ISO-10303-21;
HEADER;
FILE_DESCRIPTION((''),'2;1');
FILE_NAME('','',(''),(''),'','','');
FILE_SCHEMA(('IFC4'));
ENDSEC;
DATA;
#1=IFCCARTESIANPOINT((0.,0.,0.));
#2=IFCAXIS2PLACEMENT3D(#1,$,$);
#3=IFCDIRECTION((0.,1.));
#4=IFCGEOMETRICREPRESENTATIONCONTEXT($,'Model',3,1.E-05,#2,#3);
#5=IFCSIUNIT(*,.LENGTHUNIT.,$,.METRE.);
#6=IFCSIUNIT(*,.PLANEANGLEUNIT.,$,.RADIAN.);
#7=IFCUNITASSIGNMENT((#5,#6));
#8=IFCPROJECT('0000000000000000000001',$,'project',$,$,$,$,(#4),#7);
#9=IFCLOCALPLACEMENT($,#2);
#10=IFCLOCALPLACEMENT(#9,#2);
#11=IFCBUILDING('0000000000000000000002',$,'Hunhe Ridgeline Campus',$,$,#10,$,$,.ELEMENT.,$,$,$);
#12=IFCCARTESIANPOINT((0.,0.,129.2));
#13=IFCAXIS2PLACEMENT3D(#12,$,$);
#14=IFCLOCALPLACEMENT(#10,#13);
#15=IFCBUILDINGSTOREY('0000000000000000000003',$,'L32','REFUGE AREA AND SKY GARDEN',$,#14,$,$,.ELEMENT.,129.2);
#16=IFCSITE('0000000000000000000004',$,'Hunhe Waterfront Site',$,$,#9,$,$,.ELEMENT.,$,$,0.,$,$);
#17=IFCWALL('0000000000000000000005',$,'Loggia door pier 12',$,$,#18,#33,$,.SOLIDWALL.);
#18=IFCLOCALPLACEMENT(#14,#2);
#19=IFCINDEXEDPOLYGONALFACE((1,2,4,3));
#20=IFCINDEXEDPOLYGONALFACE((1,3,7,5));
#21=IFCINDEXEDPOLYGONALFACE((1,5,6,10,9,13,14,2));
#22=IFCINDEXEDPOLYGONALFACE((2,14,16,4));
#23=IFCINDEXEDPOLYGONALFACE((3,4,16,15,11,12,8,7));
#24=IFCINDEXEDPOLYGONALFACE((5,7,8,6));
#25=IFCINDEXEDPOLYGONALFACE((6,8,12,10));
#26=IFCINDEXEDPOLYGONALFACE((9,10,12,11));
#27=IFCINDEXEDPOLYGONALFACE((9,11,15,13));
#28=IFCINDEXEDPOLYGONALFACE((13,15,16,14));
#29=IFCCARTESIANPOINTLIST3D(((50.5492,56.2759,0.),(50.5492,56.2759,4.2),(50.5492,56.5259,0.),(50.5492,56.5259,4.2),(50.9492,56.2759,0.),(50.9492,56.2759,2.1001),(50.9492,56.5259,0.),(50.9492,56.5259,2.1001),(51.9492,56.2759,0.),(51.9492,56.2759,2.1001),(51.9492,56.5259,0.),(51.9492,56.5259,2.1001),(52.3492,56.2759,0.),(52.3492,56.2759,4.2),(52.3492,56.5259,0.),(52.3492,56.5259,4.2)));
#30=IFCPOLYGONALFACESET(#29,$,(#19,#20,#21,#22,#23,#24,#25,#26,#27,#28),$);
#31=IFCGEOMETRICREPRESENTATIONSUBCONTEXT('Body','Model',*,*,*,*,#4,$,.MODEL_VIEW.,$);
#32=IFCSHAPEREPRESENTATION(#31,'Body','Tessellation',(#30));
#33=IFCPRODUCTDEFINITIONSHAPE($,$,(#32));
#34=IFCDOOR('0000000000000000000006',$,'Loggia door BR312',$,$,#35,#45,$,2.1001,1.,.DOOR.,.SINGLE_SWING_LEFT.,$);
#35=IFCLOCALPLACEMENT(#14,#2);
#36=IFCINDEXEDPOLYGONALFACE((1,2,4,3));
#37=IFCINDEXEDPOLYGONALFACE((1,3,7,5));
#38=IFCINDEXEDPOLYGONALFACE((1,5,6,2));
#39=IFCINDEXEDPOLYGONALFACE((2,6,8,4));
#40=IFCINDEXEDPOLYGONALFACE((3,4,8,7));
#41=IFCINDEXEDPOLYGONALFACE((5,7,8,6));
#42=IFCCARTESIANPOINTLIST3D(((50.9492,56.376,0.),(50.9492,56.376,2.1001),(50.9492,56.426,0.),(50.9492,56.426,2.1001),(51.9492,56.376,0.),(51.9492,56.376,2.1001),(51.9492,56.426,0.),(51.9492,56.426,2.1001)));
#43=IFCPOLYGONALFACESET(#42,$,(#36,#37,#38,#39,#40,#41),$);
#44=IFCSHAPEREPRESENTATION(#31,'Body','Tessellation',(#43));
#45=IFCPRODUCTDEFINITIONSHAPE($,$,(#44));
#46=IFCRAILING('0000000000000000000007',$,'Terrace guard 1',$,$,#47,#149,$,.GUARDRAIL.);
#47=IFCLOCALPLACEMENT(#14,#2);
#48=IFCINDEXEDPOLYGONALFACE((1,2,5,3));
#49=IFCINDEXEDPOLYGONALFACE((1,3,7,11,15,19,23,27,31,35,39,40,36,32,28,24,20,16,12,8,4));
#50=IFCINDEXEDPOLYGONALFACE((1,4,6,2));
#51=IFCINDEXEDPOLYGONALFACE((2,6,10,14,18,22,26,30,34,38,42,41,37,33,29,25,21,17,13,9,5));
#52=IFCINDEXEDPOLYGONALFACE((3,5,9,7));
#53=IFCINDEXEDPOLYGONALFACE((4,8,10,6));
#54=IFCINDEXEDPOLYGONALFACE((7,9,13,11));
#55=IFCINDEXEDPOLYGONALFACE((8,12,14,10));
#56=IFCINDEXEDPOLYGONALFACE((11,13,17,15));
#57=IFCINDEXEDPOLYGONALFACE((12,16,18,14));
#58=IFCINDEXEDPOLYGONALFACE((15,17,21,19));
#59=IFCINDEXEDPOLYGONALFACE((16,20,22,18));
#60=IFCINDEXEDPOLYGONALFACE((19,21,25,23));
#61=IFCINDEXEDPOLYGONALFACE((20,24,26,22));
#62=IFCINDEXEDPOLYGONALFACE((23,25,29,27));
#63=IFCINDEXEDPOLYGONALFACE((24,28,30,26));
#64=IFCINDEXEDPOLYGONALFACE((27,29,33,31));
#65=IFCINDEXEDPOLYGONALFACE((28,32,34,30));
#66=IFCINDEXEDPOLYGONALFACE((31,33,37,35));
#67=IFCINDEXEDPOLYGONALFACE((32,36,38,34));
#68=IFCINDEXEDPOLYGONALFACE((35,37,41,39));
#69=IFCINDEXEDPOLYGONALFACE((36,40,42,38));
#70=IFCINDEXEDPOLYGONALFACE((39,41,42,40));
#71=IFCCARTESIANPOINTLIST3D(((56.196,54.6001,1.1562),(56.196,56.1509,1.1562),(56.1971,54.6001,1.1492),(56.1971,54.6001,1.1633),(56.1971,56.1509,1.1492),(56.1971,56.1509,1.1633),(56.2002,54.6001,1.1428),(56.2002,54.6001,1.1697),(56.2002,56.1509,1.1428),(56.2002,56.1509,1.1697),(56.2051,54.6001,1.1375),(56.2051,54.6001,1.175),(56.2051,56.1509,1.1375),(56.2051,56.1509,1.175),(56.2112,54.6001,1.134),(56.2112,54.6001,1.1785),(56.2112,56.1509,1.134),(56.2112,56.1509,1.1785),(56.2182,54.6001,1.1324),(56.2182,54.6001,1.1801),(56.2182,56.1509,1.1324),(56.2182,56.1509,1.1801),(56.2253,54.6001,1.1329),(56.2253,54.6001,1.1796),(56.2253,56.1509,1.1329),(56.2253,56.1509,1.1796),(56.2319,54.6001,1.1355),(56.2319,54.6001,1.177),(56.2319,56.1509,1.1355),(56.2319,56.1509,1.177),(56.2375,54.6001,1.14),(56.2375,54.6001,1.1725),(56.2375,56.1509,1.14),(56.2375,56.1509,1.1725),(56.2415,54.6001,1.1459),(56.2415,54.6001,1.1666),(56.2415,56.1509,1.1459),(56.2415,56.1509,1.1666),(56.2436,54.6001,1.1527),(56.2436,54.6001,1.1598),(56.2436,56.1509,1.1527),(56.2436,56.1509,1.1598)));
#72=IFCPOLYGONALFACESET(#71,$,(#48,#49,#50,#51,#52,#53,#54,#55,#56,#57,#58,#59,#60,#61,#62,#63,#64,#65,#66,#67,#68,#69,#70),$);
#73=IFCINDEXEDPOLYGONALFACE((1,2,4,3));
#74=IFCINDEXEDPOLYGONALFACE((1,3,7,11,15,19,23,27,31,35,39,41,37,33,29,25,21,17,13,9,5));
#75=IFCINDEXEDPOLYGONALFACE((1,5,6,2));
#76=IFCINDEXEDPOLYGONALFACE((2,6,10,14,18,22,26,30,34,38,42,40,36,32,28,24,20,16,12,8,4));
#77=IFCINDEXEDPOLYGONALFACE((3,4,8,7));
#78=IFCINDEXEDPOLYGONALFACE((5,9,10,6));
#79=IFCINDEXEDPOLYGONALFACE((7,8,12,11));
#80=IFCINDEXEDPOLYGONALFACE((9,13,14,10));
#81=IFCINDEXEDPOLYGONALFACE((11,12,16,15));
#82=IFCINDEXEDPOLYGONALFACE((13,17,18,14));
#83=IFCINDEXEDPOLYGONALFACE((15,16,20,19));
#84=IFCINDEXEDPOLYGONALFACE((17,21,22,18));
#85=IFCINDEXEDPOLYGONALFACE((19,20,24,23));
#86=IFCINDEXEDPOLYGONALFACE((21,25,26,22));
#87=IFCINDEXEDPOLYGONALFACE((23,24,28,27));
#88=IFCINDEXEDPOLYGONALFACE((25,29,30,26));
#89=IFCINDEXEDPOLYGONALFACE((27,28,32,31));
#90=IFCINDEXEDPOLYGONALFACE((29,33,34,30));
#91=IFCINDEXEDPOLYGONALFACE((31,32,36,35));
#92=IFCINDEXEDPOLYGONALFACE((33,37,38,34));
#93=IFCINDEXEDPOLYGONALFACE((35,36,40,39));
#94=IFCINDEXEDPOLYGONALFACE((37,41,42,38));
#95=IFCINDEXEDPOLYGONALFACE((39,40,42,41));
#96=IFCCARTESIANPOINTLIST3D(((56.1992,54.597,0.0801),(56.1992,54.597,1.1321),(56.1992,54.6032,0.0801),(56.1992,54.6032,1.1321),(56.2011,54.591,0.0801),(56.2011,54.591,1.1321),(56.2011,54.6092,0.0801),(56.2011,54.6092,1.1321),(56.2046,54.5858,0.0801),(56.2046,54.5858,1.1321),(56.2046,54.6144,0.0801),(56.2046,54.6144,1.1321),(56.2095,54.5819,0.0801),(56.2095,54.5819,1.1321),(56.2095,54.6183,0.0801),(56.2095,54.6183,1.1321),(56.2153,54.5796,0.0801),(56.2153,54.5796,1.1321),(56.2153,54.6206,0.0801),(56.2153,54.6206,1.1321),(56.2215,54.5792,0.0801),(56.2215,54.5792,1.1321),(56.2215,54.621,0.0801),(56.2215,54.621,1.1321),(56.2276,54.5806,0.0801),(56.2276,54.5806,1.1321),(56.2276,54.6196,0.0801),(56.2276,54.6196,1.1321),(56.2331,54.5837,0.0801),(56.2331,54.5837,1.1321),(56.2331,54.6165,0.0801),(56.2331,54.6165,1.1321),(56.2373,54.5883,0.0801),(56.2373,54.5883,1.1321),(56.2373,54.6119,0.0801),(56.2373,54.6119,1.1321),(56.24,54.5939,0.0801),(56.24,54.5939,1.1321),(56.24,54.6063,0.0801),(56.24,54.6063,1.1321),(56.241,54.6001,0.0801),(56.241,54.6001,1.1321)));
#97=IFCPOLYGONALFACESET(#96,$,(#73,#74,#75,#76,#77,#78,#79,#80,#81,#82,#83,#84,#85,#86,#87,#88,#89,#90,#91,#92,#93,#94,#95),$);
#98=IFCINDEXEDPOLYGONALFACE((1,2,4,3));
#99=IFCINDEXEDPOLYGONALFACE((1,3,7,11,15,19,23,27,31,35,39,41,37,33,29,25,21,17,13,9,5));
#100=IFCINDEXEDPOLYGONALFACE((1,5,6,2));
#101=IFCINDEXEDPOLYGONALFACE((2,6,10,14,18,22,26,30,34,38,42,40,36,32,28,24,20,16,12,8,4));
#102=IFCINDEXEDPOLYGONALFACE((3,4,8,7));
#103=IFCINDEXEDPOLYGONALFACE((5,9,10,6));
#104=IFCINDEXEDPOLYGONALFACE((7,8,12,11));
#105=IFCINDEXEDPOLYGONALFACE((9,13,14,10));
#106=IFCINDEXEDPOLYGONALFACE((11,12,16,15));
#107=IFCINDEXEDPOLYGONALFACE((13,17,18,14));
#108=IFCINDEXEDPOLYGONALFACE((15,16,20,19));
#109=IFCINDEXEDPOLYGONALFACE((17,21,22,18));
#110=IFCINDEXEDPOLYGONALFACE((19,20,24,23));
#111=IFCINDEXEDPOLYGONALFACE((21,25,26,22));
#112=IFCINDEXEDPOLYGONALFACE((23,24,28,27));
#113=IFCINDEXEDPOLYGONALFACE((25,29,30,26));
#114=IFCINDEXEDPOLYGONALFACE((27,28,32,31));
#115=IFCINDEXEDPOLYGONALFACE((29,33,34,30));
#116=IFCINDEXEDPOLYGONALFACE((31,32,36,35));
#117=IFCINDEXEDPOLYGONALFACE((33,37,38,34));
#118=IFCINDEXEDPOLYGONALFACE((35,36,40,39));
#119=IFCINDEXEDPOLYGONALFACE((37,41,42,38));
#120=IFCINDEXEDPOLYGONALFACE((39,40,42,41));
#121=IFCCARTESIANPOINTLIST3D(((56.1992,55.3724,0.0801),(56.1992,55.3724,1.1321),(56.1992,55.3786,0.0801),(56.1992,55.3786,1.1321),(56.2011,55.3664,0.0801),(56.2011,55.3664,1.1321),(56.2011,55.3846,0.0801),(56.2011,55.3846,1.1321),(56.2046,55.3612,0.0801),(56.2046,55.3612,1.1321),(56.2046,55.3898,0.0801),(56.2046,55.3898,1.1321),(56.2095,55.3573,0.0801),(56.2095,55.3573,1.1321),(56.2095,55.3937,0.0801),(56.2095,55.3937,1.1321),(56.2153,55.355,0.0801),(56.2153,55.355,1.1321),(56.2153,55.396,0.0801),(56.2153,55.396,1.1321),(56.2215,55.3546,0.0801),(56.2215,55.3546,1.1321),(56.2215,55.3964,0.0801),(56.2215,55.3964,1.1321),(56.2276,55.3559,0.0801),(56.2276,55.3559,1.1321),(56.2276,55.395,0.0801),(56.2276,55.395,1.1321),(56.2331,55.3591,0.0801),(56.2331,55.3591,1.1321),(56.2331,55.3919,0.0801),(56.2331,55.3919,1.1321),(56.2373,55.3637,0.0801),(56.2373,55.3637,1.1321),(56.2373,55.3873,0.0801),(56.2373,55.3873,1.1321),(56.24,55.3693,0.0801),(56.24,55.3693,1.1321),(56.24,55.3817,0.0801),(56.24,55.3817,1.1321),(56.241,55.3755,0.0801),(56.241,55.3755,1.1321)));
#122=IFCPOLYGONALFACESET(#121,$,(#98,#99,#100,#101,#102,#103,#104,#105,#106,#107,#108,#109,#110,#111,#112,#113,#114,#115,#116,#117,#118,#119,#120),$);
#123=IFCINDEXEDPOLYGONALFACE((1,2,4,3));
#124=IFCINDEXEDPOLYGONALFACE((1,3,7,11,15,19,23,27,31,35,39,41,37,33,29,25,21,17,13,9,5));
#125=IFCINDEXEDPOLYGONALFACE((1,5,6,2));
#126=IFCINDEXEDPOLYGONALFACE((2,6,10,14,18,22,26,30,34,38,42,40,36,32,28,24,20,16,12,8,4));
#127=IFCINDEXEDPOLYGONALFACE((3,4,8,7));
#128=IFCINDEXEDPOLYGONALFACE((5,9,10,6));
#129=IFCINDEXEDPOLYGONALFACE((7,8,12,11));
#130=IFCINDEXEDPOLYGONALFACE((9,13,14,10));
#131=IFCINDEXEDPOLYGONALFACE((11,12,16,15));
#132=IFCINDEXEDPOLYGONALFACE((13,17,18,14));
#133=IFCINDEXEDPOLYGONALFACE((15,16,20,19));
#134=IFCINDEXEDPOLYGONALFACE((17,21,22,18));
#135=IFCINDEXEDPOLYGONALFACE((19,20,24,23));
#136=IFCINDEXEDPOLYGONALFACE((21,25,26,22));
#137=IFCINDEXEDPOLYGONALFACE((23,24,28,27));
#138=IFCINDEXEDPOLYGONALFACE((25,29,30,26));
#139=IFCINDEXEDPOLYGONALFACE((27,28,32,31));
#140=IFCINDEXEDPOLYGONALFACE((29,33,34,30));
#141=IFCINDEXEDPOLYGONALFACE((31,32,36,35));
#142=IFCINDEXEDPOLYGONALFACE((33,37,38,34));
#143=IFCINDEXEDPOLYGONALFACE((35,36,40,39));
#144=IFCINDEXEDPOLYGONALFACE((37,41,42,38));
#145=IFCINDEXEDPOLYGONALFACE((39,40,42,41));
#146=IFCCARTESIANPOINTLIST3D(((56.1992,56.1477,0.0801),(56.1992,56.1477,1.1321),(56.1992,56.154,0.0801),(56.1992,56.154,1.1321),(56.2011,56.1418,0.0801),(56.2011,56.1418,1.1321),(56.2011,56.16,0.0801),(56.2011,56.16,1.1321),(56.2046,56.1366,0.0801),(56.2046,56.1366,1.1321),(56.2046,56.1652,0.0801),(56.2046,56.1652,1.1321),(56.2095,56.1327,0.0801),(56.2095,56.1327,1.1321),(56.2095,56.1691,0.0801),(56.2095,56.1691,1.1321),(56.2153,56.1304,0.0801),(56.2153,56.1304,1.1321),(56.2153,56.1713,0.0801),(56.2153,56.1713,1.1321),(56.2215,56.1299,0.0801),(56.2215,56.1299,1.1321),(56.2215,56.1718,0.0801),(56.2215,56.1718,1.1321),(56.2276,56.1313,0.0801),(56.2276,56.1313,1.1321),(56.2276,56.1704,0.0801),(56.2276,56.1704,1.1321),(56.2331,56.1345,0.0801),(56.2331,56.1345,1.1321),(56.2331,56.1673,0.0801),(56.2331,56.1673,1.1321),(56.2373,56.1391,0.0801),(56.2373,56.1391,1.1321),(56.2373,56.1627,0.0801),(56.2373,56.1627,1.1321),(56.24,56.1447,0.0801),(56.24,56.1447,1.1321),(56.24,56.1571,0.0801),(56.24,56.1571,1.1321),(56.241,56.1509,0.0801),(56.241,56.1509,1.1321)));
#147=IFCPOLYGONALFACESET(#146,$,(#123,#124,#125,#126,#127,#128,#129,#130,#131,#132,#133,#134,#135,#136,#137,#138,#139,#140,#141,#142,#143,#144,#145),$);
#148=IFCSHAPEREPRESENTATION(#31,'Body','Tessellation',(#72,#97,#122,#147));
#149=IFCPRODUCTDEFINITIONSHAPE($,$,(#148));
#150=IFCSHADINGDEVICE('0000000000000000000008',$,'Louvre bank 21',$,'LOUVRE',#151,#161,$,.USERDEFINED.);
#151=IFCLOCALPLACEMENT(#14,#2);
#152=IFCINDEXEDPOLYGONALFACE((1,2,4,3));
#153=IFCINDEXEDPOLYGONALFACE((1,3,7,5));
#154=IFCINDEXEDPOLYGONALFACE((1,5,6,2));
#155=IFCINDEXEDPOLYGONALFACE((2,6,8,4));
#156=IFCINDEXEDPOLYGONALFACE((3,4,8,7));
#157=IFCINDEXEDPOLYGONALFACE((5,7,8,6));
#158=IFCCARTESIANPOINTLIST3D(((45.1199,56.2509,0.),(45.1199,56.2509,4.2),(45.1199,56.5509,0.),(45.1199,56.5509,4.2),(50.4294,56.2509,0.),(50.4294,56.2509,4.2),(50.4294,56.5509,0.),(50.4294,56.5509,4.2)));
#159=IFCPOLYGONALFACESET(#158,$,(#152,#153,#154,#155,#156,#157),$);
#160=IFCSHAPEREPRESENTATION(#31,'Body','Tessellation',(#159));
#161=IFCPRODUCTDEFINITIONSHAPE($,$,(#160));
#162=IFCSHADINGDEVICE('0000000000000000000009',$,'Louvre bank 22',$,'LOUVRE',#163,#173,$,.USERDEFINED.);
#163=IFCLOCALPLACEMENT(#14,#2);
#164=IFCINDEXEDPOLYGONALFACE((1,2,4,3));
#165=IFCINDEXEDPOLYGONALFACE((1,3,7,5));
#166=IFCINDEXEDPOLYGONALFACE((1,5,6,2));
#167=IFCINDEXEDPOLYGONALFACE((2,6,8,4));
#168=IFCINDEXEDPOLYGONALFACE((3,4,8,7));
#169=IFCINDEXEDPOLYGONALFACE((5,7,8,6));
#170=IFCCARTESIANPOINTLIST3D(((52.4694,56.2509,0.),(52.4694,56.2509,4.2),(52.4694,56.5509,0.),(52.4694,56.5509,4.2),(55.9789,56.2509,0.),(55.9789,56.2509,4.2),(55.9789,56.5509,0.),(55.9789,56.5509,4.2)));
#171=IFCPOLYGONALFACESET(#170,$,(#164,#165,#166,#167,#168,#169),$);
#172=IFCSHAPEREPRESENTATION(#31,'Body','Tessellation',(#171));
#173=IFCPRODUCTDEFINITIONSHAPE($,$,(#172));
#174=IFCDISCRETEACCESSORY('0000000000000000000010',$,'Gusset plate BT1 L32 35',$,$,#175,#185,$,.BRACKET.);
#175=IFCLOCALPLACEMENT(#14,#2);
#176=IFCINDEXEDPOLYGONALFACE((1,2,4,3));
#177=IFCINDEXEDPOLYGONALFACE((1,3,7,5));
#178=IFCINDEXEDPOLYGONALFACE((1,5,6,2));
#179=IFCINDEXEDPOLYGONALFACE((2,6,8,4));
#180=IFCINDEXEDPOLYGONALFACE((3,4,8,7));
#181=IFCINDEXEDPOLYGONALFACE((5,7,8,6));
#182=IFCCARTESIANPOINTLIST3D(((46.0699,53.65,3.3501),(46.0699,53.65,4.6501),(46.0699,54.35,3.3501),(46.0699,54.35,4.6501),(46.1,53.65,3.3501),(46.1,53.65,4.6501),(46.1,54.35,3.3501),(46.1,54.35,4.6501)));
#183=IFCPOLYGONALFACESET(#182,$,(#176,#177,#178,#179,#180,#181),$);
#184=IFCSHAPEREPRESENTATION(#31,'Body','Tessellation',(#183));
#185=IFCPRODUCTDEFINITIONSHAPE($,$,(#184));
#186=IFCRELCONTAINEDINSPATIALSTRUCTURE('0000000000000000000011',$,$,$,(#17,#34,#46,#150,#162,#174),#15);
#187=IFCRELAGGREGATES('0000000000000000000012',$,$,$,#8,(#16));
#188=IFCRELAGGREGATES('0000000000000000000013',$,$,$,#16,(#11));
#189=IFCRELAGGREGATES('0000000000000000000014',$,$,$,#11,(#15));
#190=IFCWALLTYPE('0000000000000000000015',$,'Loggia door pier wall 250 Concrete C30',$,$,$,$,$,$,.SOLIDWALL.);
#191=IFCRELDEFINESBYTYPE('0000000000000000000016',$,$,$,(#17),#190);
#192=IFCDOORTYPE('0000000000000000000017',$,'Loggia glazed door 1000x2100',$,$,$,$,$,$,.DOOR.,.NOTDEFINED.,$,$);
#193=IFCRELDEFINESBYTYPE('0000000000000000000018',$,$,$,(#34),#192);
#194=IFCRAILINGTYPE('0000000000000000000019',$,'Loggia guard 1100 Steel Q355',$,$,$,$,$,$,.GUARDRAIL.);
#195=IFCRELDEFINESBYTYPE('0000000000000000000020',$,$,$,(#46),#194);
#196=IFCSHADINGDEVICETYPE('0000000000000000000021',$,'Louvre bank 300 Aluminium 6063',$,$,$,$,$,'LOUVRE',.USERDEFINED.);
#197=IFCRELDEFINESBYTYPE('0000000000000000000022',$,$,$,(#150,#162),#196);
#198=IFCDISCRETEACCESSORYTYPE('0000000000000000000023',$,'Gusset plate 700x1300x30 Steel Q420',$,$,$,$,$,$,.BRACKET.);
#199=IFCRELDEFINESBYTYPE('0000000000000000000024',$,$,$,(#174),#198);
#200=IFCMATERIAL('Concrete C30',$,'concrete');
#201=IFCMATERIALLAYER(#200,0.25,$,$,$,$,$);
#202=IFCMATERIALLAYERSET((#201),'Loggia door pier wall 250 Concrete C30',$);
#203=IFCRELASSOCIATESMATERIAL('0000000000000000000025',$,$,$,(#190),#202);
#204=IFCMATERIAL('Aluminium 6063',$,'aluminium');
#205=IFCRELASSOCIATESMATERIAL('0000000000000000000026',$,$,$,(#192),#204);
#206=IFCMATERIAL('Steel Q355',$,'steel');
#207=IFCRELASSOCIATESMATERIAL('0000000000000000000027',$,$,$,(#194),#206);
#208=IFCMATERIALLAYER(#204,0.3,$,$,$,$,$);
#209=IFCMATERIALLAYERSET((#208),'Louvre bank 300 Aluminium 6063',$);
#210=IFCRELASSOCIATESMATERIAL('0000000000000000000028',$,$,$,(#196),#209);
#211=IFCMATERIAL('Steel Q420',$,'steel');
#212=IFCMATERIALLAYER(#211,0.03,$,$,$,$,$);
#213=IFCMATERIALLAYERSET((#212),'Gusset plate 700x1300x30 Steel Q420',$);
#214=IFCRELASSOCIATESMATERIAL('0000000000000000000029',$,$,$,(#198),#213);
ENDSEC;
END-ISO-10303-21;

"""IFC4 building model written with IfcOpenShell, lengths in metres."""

from ifc_helpers import new_model, si_unit, direction, frame, frame_2d, origin, origin_2d, place, context, subcontext, project, spatial, rectangle, circle, extrude, material, layer, layer_set, type_object, element, fill, save


model = new_model("IFC4")

# Units and contexts
model_context = context("Model", 3, precision=1e-05, world=origin(), true_north=direction((0.0, 1.0)))
body_context = subcontext(model_context, "Body", "Model", "MODEL_VIEW")
ifc_project = project(units=[si_unit("LENGTHUNIT", "METRE"), si_unit("PLANEANGLEUNIT", "RADIAN")], contexts=[model_context])

# Site, building, storey
site_placement = place(None, origin())
site = spatial("IfcSite", under=ifc_project, at=site_placement, Name="Hunhe Waterfront Site", CompositionType="ELEMENT", RefElevation=0.0)
building_placement = place(site_placement, origin())
building = spatial("IfcBuilding", under=site, at=building_placement, Name="Hunhe Ridgeline Campus", CompositionType="ELEMENT")
storey_placement = place(building_placement, frame((0.0, 0.0, 129.2)))
storey = spatial("IfcBuildingStorey", under=building, at=storey_placement, Name="L32", Description="REFUGE AREA AND SKY GARDEN", CompositionType="ELEMENT", Elevation=129.2)

# Shared definitions
ifc_material_1 = material(Name="Steel Q420", Category="steel")
ifc_material_2 = material(Name="Aluminium 6063", Category="aluminium")

# Shared definitions
ifc_material_3 = material(Name="Concrete C30", Category="concrete")

# Wall, opening, door
ifc_layer_1 = layer(ifc_material_3, 0.25)
ifc_layer_set_1 = layer_set([ifc_layer_1], Name="Loggia door pier wall 250 Concrete C30")
wall_type_1 = type_object("IfcWallType", Name="Loggia door pier wall 250 Concrete C30", PredefinedType="SOLIDWALL", material=ifc_layer_set_1)
wall_1_placement = place(storey_placement, frame((50.5493, 56.4009, 0.0), z_axis=(0.0, 0.0, 1.0), x_axis=(1.0, 0.0, 0.0)))
wall_1 = element("IfcWall", 1, at=wall_1_placement, inside=storey, type_object=wall_type_1, Name="Loggia door pier 12", PredefinedType="SOLIDWALL", context=body_context, shape_type="SweptSolid", body=[
    extrude(rectangle(XDim=1.8, YDim=0.25, at=frame_2d((0.8999, 0.0))), origin(), (0.0, 0.0, 1.0), 4.2),
])
opening_placement = place(wall_1_placement, frame((0.3999, 0.0, 0.0)))
opening = element("IfcOpeningElement", 2, at=opening_placement, cuts=wall_1, PredefinedType="OPENING", context=body_context, shape_type="SweptSolid", body=[
    extrude(rectangle(XDim=1.0, YDim=2.1001, at=frame_2d((0.5, 1.05))), frame((0.0, 0.125, 0.0), z_axis=(0.0, -1.0, 0.0), x_axis=(1.0, 0.0, 0.0)), (0.0, 0.0, 1.0), 0.25),
])
door_type = type_object("IfcDoorType", Name="Loggia glazed door 1000x2100", OperationType="NOTDEFINED", PredefinedType="DOOR", material=ifc_material_2)
door_placement = place(opening_placement, frame((1.0, 0.0, 0.0), z_axis=(0.0, 0.0, 1.0), x_axis=(-1.0, 0.0, 0.0)))
door = element("IfcDoor", 3, at=door_placement, inside=storey, type_object=door_type, Name="Loggia door BR312", OperationType="SINGLE_SWING_LEFT", OverallHeight=2.1001, OverallWidth=1.0, PredefinedType="DOOR", context=body_context, shape_type="SweptSolid", body=[
    extrude(rectangle(XDim=1.0, YDim=2.1001, at=frame_2d((0.5, 1.05))), frame((0.0, 0.0249, 0.0), z_axis=(0.0, -1.0, 0.0), x_axis=(1.0, 0.0, 0.0)), (0.0, 0.0, 1.0), 0.05),
])
fill(opening, door)

# Railing
ifc_material_4 = material(Name="Steel Q355", Category="steel")
railing_type = type_object("IfcRailingType", Name="Loggia guard 1100 Steel Q355", PredefinedType="GUARDRAIL", material=ifc_material_4)
railing_1_placement = place(storey_placement, frame((56.22, 54.6001, 0.0801)))
element("IfcRailing", 4, at=railing_1_placement, inside=storey, type_object=railing_type, Name="Terrace guard 1", PredefinedType="GUARDRAIL", context=body_context, shape_type="SweptSolid", body=[
    extrude(circle(Radius=0.0239, at=origin_2d()), frame((0.0, 0.0, 1.0762), z_axis=(0.0, 1.0, 0.0), x_axis=(-1.0, 0.0, 0.0)), (0.0, 0.0, 1.0), 1.5508),
    extrude(circle(Radius=0.021, at=origin_2d()), origin(), (0.0, 0.0, 1.0), 1.052),
    extrude(circle(Radius=0.021, at=origin_2d()), frame((0.0, 0.7754, 0.0)), (0.0, 0.0, 1.0), 1.052),
    extrude(circle(Radius=0.021, at=origin_2d()), frame((0.0, 1.5508, 0.0)), (0.0, 0.0, 1.0), 1.052),
])

# Shading devices
ifc_layer_2 = layer(ifc_material_2, 0.3)
ifc_layer_set_2 = layer_set([ifc_layer_2], Name="Louvre bank 300 Aluminium 6063")
shading_device_type = type_object("IfcShadingDeviceType", Name="Louvre bank 300 Aluminium 6063", ElementType="LOUVRE", PredefinedType="USERDEFINED", material=ifc_layer_set_2)
shading_device_1_placement = place(storey_placement, frame((47.7747, 56.4009, 0.0), z_axis=(0.0, 0.0, 1.0), x_axis=(1.0, 0.000002, 0.0)))
element("IfcShadingDevice", 5, at=shading_device_1_placement, inside=storey, type_object=shading_device_type, Name="Louvre bank 21", ObjectType="LOUVRE", PredefinedType="USERDEFINED", context=body_context, shape_type="SweptSolid", body=[
    extrude(rectangle(XDim=5.3096, YDim=0.3, at=origin_2d()), origin(), (0.0, 0.0, 1.0), 4.2),
])
shading_device_2_placement = place(storey_placement, frame((54.2241, 56.4009, 0.0), z_axis=(0.0, 0.0, 1.0), x_axis=(1.0, 0.000002, 0.0)))
element("IfcShadingDevice", 6, at=shading_device_2_placement, inside=storey, type_object=shading_device_type, Name="Louvre bank 22", ObjectType="LOUVRE", PredefinedType="USERDEFINED", context=body_context, shape_type="SweptSolid", body=[
    extrude(rectangle(XDim=3.5095, YDim=0.3, at=origin_2d()), origin(), (0.0, 0.0, 1.0), 4.2),
])

# Discrete accessory
ifc_layer_3 = layer(ifc_material_1, 0.03)
ifc_layer_set_3 = layer_set([ifc_layer_3], Name="Gusset plate 700x1300x30 Steel Q420")
discrete_accessory_type_1 = type_object("IfcDiscreteAccessoryType", Name="Gusset plate 700x1300x30 Steel Q420", PredefinedType="BRACKET", material=ifc_layer_set_3)
discrete_accessory_1_placement = place(storey_placement, frame((46.085, 54.0, 3.3501), z_axis=(0.0, 0.0, 1.0), x_axis=(-1.0, 0.0, 0.0)))
element("IfcDiscreteAccessory", 7, at=discrete_accessory_1_placement, inside=storey, type_object=discrete_accessory_type_1, Name="Gusset plate BT1 L32 35", PredefinedType="BRACKET", context=body_context, shape_type="SweptSolid", body=[
    extrude(rectangle(XDim=0.03, YDim=0.7, at=origin_2d()), origin(), (0.0, 0.0, 1.0), 1.3),
])

save(model, "model.ifc")
